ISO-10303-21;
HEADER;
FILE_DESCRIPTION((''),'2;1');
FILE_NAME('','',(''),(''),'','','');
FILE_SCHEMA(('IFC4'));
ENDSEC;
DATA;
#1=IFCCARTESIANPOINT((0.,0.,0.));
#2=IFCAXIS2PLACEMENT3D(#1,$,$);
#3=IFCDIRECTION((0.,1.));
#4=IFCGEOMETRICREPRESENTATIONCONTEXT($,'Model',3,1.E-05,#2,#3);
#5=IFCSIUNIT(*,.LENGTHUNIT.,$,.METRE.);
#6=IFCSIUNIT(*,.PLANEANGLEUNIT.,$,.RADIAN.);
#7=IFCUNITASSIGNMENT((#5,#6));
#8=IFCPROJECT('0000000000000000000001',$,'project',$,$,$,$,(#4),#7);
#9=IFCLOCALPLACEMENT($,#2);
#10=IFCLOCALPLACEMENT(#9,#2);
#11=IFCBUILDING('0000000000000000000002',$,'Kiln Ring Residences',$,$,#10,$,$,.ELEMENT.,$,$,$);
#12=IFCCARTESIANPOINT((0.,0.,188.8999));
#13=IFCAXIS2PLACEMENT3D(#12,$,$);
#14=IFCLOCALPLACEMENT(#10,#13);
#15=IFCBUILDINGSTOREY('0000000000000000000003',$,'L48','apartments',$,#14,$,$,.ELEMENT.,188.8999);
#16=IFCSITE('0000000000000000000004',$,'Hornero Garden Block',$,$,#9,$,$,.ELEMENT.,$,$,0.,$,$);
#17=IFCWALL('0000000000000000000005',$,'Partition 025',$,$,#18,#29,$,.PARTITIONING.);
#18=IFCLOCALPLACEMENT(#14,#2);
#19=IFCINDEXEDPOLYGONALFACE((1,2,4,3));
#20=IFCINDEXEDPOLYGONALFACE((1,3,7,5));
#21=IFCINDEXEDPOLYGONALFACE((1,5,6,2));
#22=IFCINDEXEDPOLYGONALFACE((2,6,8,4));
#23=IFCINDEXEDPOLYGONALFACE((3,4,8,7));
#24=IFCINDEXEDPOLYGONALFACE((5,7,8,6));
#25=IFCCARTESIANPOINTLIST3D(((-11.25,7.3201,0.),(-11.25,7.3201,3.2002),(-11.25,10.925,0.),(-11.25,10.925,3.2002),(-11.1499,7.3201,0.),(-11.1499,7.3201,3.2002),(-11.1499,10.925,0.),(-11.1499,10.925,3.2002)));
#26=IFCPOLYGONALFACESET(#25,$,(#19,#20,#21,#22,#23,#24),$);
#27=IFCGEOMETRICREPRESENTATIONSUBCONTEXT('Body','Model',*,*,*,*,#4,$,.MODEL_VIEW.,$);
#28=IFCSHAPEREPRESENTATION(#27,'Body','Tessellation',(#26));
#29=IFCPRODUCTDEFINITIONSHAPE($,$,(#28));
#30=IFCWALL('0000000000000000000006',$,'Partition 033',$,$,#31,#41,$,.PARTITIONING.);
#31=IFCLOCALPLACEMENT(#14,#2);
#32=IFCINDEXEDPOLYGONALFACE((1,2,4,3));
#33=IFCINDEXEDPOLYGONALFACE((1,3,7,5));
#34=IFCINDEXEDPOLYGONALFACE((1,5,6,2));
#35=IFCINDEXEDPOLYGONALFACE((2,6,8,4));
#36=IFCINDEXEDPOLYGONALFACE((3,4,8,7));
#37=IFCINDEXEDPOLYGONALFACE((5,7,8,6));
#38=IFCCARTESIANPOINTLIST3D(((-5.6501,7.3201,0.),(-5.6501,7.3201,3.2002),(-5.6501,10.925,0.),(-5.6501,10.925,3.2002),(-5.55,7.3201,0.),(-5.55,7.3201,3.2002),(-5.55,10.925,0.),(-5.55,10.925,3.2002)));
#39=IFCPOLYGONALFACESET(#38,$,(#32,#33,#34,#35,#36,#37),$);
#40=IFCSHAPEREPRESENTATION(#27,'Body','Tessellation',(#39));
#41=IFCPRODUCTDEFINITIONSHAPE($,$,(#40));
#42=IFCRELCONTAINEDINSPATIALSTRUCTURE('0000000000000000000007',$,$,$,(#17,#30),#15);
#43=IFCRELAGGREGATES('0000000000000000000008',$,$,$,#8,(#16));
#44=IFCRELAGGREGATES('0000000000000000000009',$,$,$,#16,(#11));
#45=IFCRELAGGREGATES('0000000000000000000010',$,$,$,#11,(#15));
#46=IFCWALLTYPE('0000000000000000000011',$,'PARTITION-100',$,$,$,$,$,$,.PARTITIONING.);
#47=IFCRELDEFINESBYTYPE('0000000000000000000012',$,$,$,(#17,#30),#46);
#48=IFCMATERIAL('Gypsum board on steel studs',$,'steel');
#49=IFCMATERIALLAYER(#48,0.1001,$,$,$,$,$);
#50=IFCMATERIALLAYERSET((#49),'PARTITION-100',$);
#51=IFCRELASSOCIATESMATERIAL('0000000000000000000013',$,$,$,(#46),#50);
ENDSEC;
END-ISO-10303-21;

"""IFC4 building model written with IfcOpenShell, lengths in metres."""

from ifc_helpers import new_model, si_unit, direction, frame, frame_2d, origin, place, context, subcontext, project, spatial, rectangle, extrude, material, layer, layer_set, type_object, element, save


model = new_model("IFC4")

# Units and contexts
model_context = context("Model", 3, precision=1e-05, world=origin(), true_north=direction((0.0, 1.0)))
body_context = subcontext(model_context, "Body", "Model", "MODEL_VIEW")
ifc_project = project(units=[si_unit("LENGTHUNIT", "METRE"), si_unit("PLANEANGLEUNIT", "RADIAN")], contexts=[model_context])

# Site, building, storey
site_placement = place(None, origin())
site = spatial("IfcSite", under=ifc_project, at=site_placement, Name="Hornero Garden Block", CompositionType="ELEMENT", RefElevation=0.0)
building_placement = place(site_placement, origin())
building = spatial("IfcBuilding", under=site, at=building_placement, Name="Kiln Ring Residences", CompositionType="ELEMENT")
storey_placement = place(building_placement, frame((0.0, 0.0, 188.8999)))
storey = spatial("IfcBuildingStorey", under=building, at=storey_placement, Name="L48", Description="apartments", CompositionType="ELEMENT", Elevation=188.8999)

# Walls
ifc_material_1 = material(Name="Gypsum board on steel studs", Category="steel")
ifc_layer_1 = layer(ifc_material_1, 0.1001)
ifc_layer_set_1 = layer_set([ifc_layer_1], Name="PARTITION-100")
wall_type_1 = type_object("IfcWallType", Name="PARTITION-100", PredefinedType="PARTITIONING", material=ifc_layer_set_1)
for number, where, z_axis, x_axis, name in (
    (1, (-11.2, 7.3201, 0.0), (0.0, 0.0, 1.0), (0.0, 1.0, 0.0), "Partition 025"),
    (2, (-5.6001, 7.3201, 0.0), (0.0, 0.0, 1.0), (0.0, 1.0, 0.0), "Partition 033"),
):
    element("IfcWall", number, at=place(storey_placement, frame(where, z_axis=z_axis, x_axis=x_axis)), inside=storey, type_object=wall_type_1, Name=name, PredefinedType="PARTITIONING", context=body_context, shape_type="SweptSolid", body=[
        extrude(rectangle(XDim=3.605, YDim=0.1001, at=frame_2d((1.8025, 0.0))), origin(), (0.0, 0.0, 1.0), 3.2002),
    ])

save(model, "model.ifc")
